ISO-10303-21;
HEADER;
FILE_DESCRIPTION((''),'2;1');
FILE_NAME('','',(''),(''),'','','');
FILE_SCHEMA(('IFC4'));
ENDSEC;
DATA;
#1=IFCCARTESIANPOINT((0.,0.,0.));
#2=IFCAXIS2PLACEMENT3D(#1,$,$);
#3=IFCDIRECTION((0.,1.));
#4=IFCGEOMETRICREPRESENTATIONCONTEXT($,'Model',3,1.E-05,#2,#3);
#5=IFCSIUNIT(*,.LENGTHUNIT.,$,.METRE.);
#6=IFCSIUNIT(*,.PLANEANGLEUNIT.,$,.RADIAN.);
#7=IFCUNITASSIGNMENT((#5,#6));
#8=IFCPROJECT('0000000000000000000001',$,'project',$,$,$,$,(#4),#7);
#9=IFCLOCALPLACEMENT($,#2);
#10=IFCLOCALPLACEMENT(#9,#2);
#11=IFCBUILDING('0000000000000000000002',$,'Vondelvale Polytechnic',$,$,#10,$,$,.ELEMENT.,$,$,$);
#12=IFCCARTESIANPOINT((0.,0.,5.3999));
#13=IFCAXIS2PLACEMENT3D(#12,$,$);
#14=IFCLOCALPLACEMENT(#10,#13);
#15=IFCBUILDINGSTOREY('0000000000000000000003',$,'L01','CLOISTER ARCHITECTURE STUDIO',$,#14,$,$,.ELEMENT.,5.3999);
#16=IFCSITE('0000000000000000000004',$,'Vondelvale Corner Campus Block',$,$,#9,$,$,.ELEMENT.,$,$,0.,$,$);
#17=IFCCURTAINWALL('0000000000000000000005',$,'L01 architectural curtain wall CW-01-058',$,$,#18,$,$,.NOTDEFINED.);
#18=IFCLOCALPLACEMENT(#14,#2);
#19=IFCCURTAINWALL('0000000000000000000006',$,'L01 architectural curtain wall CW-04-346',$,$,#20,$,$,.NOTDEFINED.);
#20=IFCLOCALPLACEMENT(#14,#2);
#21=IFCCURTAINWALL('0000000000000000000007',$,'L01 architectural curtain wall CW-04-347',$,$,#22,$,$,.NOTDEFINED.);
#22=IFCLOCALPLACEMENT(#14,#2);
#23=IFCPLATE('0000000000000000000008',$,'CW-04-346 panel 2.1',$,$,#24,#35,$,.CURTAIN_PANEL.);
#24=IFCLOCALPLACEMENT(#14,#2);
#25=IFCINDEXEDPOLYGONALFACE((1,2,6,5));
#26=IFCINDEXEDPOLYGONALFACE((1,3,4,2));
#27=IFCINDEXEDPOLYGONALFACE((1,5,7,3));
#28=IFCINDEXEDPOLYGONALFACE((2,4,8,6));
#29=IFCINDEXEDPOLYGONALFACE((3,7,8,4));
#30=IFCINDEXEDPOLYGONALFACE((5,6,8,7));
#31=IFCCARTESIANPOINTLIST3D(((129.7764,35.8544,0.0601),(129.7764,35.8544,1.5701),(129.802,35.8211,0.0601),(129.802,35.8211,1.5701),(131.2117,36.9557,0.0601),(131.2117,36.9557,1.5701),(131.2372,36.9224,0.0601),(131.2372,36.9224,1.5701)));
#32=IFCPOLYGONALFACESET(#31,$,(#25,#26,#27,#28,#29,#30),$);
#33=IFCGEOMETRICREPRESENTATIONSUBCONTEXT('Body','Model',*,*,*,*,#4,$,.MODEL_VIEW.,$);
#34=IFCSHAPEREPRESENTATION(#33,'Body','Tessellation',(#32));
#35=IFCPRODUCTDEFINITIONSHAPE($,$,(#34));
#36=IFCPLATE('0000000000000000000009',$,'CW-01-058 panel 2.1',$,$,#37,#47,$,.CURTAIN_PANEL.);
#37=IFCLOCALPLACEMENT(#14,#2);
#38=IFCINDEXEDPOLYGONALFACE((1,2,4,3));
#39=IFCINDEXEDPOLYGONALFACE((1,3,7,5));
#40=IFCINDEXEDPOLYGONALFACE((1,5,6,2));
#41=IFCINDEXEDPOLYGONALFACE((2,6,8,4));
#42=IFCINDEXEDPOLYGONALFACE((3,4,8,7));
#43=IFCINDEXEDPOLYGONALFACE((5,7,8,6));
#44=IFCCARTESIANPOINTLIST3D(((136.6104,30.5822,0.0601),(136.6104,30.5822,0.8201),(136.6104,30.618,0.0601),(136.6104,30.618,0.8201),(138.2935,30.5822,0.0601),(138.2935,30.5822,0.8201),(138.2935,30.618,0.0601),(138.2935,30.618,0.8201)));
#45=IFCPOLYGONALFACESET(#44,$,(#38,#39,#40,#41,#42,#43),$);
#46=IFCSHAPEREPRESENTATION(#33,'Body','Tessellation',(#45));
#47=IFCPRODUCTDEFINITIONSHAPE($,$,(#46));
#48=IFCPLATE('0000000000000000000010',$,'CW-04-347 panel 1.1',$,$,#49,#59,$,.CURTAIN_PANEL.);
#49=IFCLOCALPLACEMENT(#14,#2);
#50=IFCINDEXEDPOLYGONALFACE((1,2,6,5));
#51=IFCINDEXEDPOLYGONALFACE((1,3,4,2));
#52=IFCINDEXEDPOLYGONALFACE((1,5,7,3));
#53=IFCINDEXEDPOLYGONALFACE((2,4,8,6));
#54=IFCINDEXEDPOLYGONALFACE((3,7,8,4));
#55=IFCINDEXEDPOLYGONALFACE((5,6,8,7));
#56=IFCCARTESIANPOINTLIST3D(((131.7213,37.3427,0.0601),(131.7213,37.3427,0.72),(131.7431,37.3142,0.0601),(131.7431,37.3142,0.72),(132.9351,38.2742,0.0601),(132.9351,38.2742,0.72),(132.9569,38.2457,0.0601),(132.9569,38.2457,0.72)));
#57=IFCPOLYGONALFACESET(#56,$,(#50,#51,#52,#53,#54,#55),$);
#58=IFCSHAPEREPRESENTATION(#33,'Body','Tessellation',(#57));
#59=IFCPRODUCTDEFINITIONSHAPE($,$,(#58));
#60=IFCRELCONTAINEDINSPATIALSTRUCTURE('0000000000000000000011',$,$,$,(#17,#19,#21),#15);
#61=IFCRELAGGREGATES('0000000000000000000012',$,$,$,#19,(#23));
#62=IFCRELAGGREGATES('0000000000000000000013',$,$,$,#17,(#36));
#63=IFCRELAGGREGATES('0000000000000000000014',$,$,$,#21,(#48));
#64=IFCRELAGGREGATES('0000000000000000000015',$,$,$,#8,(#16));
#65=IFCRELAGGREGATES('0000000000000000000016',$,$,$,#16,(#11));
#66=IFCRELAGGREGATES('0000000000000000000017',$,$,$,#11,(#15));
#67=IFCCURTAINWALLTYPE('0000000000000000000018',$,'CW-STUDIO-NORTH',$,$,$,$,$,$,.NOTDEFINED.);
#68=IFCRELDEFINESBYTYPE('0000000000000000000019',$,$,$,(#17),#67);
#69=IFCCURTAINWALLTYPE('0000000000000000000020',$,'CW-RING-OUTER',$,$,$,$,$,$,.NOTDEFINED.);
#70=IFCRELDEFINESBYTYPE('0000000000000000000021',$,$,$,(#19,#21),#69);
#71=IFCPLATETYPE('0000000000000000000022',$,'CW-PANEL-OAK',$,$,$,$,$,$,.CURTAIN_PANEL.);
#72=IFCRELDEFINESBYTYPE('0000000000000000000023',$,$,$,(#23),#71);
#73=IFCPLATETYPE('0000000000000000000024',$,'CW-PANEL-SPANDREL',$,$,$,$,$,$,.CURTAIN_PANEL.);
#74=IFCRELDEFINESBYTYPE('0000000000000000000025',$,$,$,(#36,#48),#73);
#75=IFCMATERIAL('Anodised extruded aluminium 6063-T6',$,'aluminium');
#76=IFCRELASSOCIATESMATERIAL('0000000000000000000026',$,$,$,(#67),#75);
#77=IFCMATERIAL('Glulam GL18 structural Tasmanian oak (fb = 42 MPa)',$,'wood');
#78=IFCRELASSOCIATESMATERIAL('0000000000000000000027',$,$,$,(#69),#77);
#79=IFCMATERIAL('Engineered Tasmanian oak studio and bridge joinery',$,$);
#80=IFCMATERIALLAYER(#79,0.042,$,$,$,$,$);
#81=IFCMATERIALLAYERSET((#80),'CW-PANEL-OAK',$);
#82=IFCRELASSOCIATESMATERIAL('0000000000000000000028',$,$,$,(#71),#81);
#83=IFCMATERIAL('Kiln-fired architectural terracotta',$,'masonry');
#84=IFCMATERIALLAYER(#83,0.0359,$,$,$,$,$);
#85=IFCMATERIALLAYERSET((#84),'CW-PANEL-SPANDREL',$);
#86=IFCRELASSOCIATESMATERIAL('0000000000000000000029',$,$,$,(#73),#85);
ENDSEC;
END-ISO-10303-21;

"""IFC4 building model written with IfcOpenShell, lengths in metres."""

from ifc_helpers import new_model, si_unit, direction, frame, origin, origin_2d, place, context, subcontext, project, spatial, rectangle, extrude, material, layer, layer_set, type_object, element, aggregate, save


model = new_model("IFC4")

# Units and contexts
model_context = context("Model", 3, precision=1e-05, world=origin(), true_north=direction((0.0, 1.0)))
body_context = subcontext(model_context, "Body", "Model", "MODEL_VIEW")
ifc_project = project(units=[si_unit("LENGTHUNIT", "METRE"), si_unit("PLANEANGLEUNIT", "RADIAN")], contexts=[model_context])

# Site, building, storey
site_placement = place(None, origin())
site = spatial("IfcSite", under=ifc_project, at=site_placement, Name="Vondelvale Corner Campus Block", CompositionType="ELEMENT", RefElevation=0.0)
building_placement = place(site_placement, origin())
building = spatial("IfcBuilding", under=site, at=building_placement, Name="Vondelvale Polytechnic", CompositionType="ELEMENT")
storey_placement = place(building_placement, frame((0.0, 0.0, 5.3999)))
storey = spatial("IfcBuildingStorey", under=building, at=storey_placement, Name="L01", Description="CLOISTER ARCHITECTURE STUDIO", CompositionType="ELEMENT", Elevation=5.3999)

# Shared definitions
ifc_material_1 = material(Name="Glulam GL18 structural Tasmanian oak (fb = 42 MPa)", Category="wood")

# Curtain walls
ifc_material_2 = material(Name="Anodised extruded aluminium 6063-T6", Category="aluminium")
curtain_wall_type_1 = type_object("IfcCurtainWallType", Name="CW-STUDIO-NORTH", PredefinedType="NOTDEFINED", material=ifc_material_2)
curtain_wall_1_placement = place(storey_placement, origin())
curtain_wall_1 = element("IfcCurtainWall", 1, at=curtain_wall_1_placement, inside=storey, type_object=curtain_wall_type_1, Name="L01 architectural curtain wall CW-01-058", PredefinedType="NOTDEFINED")
curtain_wall_type_2 = type_object("IfcCurtainWallType", Name="CW-RING-OUTER", PredefinedType="NOTDEFINED", material=ifc_material_1)
curtain_wall_2_placement = place(storey_placement, origin())
curtain_wall_2 = element("IfcCurtainWall", 2, at=curtain_wall_2_placement, inside=storey, type_object=curtain_wall_type_2, Name="L01 architectural curtain wall CW-04-346", PredefinedType="NOTDEFINED")

# Curtain wall
curtain_wall_3_placement = place(storey_placement, origin())
curtain_wall_3 = element("IfcCurtainWall", 3, at=curtain_wall_3_placement, inside=storey, type_object=curtain_wall_type_2, Name="L01 architectural curtain wall CW-04-347", PredefinedType="NOTDEFINED")

# Plates
ifc_material_3 = material(Name="Engineered Tasmanian oak studio and bridge joinery")
ifc_layer_1 = layer(ifc_material_3, 0.042)
ifc_layer_set_1 = layer_set([ifc_layer_1], Name="CW-PANEL-OAK")
plate_type_1 = type_object("IfcPlateType", Name="CW-PANEL-OAK", PredefinedType="CURTAIN_PANEL", material=ifc_layer_set_1)
plate_1_placement = place(storey_placement, frame((130.5068, 36.3884, 0.0601), z_axis=(0.0, 0.0, 1.0), x_axis=(0.793346, 0.608771, 0.0)))
plate_1 = element("IfcPlate", 4, at=plate_1_placement, type_object=plate_type_1, Name="CW-04-346 panel 2.1", PredefinedType="CURTAIN_PANEL", context=body_context, shape_type="SweptSolid", body=[
    extrude(rectangle(XDim=1.8091, YDim=0.042, at=origin_2d()), origin(), (0.0, 0.0, 1.0), 1.51),
])
aggregate(curtain_wall_2, [plate_1])
ifc_material_4 = material(Name="Kiln-fired architectural terracotta", Category="masonry")
ifc_layer_2 = layer(ifc_material_4, 0.0359)
ifc_layer_set_2 = layer_set([ifc_layer_2], Name="CW-PANEL-SPANDREL")
plate_type_2 = type_object("IfcPlateType", Name="CW-PANEL-SPANDREL", PredefinedType="CURTAIN_PANEL", material=ifc_layer_set_2)
plate_2_placement = place(storey_placement, frame((137.4519, 30.6001, 0.0601), z_axis=(0.0, 0.0, 1.0), x_axis=(1.0, 0.0, 0.0)))
plate_2 = element("IfcPlate", 5, at=plate_2_placement, type_object=plate_type_2, Name="CW-01-058 panel 2.1", PredefinedType="CURTAIN_PANEL", context=body_context, shape_type="SweptSolid", body=[
    extrude(rectangle(XDim=1.6831, YDim=0.0359, at=origin_2d()), origin(), (0.0, 0.0, 1.0), 0.76),
])
aggregate(curtain_wall_1, [plate_2])
plate_3_placement = place(storey_placement, frame((132.3391, 37.7942, 0.0601), z_axis=(0.0, 0.0, 1.0), x_axis=(0.793334, 0.608787, 0.0)))
plate_3 = element("IfcPlate", 6, at=plate_3_placement, type_object=plate_type_2, Name="CW-04-347 panel 1.1", PredefinedType="CURTAIN_PANEL", context=body_context, shape_type="SweptSolid", body=[
    extrude(rectangle(XDim=1.53, YDim=0.0359, at=origin_2d()), origin(), (0.0, 0.0, 1.0), 0.6599),
])
aggregate(curtain_wall_3, [plate_3])

save(model, "model.ifc")
